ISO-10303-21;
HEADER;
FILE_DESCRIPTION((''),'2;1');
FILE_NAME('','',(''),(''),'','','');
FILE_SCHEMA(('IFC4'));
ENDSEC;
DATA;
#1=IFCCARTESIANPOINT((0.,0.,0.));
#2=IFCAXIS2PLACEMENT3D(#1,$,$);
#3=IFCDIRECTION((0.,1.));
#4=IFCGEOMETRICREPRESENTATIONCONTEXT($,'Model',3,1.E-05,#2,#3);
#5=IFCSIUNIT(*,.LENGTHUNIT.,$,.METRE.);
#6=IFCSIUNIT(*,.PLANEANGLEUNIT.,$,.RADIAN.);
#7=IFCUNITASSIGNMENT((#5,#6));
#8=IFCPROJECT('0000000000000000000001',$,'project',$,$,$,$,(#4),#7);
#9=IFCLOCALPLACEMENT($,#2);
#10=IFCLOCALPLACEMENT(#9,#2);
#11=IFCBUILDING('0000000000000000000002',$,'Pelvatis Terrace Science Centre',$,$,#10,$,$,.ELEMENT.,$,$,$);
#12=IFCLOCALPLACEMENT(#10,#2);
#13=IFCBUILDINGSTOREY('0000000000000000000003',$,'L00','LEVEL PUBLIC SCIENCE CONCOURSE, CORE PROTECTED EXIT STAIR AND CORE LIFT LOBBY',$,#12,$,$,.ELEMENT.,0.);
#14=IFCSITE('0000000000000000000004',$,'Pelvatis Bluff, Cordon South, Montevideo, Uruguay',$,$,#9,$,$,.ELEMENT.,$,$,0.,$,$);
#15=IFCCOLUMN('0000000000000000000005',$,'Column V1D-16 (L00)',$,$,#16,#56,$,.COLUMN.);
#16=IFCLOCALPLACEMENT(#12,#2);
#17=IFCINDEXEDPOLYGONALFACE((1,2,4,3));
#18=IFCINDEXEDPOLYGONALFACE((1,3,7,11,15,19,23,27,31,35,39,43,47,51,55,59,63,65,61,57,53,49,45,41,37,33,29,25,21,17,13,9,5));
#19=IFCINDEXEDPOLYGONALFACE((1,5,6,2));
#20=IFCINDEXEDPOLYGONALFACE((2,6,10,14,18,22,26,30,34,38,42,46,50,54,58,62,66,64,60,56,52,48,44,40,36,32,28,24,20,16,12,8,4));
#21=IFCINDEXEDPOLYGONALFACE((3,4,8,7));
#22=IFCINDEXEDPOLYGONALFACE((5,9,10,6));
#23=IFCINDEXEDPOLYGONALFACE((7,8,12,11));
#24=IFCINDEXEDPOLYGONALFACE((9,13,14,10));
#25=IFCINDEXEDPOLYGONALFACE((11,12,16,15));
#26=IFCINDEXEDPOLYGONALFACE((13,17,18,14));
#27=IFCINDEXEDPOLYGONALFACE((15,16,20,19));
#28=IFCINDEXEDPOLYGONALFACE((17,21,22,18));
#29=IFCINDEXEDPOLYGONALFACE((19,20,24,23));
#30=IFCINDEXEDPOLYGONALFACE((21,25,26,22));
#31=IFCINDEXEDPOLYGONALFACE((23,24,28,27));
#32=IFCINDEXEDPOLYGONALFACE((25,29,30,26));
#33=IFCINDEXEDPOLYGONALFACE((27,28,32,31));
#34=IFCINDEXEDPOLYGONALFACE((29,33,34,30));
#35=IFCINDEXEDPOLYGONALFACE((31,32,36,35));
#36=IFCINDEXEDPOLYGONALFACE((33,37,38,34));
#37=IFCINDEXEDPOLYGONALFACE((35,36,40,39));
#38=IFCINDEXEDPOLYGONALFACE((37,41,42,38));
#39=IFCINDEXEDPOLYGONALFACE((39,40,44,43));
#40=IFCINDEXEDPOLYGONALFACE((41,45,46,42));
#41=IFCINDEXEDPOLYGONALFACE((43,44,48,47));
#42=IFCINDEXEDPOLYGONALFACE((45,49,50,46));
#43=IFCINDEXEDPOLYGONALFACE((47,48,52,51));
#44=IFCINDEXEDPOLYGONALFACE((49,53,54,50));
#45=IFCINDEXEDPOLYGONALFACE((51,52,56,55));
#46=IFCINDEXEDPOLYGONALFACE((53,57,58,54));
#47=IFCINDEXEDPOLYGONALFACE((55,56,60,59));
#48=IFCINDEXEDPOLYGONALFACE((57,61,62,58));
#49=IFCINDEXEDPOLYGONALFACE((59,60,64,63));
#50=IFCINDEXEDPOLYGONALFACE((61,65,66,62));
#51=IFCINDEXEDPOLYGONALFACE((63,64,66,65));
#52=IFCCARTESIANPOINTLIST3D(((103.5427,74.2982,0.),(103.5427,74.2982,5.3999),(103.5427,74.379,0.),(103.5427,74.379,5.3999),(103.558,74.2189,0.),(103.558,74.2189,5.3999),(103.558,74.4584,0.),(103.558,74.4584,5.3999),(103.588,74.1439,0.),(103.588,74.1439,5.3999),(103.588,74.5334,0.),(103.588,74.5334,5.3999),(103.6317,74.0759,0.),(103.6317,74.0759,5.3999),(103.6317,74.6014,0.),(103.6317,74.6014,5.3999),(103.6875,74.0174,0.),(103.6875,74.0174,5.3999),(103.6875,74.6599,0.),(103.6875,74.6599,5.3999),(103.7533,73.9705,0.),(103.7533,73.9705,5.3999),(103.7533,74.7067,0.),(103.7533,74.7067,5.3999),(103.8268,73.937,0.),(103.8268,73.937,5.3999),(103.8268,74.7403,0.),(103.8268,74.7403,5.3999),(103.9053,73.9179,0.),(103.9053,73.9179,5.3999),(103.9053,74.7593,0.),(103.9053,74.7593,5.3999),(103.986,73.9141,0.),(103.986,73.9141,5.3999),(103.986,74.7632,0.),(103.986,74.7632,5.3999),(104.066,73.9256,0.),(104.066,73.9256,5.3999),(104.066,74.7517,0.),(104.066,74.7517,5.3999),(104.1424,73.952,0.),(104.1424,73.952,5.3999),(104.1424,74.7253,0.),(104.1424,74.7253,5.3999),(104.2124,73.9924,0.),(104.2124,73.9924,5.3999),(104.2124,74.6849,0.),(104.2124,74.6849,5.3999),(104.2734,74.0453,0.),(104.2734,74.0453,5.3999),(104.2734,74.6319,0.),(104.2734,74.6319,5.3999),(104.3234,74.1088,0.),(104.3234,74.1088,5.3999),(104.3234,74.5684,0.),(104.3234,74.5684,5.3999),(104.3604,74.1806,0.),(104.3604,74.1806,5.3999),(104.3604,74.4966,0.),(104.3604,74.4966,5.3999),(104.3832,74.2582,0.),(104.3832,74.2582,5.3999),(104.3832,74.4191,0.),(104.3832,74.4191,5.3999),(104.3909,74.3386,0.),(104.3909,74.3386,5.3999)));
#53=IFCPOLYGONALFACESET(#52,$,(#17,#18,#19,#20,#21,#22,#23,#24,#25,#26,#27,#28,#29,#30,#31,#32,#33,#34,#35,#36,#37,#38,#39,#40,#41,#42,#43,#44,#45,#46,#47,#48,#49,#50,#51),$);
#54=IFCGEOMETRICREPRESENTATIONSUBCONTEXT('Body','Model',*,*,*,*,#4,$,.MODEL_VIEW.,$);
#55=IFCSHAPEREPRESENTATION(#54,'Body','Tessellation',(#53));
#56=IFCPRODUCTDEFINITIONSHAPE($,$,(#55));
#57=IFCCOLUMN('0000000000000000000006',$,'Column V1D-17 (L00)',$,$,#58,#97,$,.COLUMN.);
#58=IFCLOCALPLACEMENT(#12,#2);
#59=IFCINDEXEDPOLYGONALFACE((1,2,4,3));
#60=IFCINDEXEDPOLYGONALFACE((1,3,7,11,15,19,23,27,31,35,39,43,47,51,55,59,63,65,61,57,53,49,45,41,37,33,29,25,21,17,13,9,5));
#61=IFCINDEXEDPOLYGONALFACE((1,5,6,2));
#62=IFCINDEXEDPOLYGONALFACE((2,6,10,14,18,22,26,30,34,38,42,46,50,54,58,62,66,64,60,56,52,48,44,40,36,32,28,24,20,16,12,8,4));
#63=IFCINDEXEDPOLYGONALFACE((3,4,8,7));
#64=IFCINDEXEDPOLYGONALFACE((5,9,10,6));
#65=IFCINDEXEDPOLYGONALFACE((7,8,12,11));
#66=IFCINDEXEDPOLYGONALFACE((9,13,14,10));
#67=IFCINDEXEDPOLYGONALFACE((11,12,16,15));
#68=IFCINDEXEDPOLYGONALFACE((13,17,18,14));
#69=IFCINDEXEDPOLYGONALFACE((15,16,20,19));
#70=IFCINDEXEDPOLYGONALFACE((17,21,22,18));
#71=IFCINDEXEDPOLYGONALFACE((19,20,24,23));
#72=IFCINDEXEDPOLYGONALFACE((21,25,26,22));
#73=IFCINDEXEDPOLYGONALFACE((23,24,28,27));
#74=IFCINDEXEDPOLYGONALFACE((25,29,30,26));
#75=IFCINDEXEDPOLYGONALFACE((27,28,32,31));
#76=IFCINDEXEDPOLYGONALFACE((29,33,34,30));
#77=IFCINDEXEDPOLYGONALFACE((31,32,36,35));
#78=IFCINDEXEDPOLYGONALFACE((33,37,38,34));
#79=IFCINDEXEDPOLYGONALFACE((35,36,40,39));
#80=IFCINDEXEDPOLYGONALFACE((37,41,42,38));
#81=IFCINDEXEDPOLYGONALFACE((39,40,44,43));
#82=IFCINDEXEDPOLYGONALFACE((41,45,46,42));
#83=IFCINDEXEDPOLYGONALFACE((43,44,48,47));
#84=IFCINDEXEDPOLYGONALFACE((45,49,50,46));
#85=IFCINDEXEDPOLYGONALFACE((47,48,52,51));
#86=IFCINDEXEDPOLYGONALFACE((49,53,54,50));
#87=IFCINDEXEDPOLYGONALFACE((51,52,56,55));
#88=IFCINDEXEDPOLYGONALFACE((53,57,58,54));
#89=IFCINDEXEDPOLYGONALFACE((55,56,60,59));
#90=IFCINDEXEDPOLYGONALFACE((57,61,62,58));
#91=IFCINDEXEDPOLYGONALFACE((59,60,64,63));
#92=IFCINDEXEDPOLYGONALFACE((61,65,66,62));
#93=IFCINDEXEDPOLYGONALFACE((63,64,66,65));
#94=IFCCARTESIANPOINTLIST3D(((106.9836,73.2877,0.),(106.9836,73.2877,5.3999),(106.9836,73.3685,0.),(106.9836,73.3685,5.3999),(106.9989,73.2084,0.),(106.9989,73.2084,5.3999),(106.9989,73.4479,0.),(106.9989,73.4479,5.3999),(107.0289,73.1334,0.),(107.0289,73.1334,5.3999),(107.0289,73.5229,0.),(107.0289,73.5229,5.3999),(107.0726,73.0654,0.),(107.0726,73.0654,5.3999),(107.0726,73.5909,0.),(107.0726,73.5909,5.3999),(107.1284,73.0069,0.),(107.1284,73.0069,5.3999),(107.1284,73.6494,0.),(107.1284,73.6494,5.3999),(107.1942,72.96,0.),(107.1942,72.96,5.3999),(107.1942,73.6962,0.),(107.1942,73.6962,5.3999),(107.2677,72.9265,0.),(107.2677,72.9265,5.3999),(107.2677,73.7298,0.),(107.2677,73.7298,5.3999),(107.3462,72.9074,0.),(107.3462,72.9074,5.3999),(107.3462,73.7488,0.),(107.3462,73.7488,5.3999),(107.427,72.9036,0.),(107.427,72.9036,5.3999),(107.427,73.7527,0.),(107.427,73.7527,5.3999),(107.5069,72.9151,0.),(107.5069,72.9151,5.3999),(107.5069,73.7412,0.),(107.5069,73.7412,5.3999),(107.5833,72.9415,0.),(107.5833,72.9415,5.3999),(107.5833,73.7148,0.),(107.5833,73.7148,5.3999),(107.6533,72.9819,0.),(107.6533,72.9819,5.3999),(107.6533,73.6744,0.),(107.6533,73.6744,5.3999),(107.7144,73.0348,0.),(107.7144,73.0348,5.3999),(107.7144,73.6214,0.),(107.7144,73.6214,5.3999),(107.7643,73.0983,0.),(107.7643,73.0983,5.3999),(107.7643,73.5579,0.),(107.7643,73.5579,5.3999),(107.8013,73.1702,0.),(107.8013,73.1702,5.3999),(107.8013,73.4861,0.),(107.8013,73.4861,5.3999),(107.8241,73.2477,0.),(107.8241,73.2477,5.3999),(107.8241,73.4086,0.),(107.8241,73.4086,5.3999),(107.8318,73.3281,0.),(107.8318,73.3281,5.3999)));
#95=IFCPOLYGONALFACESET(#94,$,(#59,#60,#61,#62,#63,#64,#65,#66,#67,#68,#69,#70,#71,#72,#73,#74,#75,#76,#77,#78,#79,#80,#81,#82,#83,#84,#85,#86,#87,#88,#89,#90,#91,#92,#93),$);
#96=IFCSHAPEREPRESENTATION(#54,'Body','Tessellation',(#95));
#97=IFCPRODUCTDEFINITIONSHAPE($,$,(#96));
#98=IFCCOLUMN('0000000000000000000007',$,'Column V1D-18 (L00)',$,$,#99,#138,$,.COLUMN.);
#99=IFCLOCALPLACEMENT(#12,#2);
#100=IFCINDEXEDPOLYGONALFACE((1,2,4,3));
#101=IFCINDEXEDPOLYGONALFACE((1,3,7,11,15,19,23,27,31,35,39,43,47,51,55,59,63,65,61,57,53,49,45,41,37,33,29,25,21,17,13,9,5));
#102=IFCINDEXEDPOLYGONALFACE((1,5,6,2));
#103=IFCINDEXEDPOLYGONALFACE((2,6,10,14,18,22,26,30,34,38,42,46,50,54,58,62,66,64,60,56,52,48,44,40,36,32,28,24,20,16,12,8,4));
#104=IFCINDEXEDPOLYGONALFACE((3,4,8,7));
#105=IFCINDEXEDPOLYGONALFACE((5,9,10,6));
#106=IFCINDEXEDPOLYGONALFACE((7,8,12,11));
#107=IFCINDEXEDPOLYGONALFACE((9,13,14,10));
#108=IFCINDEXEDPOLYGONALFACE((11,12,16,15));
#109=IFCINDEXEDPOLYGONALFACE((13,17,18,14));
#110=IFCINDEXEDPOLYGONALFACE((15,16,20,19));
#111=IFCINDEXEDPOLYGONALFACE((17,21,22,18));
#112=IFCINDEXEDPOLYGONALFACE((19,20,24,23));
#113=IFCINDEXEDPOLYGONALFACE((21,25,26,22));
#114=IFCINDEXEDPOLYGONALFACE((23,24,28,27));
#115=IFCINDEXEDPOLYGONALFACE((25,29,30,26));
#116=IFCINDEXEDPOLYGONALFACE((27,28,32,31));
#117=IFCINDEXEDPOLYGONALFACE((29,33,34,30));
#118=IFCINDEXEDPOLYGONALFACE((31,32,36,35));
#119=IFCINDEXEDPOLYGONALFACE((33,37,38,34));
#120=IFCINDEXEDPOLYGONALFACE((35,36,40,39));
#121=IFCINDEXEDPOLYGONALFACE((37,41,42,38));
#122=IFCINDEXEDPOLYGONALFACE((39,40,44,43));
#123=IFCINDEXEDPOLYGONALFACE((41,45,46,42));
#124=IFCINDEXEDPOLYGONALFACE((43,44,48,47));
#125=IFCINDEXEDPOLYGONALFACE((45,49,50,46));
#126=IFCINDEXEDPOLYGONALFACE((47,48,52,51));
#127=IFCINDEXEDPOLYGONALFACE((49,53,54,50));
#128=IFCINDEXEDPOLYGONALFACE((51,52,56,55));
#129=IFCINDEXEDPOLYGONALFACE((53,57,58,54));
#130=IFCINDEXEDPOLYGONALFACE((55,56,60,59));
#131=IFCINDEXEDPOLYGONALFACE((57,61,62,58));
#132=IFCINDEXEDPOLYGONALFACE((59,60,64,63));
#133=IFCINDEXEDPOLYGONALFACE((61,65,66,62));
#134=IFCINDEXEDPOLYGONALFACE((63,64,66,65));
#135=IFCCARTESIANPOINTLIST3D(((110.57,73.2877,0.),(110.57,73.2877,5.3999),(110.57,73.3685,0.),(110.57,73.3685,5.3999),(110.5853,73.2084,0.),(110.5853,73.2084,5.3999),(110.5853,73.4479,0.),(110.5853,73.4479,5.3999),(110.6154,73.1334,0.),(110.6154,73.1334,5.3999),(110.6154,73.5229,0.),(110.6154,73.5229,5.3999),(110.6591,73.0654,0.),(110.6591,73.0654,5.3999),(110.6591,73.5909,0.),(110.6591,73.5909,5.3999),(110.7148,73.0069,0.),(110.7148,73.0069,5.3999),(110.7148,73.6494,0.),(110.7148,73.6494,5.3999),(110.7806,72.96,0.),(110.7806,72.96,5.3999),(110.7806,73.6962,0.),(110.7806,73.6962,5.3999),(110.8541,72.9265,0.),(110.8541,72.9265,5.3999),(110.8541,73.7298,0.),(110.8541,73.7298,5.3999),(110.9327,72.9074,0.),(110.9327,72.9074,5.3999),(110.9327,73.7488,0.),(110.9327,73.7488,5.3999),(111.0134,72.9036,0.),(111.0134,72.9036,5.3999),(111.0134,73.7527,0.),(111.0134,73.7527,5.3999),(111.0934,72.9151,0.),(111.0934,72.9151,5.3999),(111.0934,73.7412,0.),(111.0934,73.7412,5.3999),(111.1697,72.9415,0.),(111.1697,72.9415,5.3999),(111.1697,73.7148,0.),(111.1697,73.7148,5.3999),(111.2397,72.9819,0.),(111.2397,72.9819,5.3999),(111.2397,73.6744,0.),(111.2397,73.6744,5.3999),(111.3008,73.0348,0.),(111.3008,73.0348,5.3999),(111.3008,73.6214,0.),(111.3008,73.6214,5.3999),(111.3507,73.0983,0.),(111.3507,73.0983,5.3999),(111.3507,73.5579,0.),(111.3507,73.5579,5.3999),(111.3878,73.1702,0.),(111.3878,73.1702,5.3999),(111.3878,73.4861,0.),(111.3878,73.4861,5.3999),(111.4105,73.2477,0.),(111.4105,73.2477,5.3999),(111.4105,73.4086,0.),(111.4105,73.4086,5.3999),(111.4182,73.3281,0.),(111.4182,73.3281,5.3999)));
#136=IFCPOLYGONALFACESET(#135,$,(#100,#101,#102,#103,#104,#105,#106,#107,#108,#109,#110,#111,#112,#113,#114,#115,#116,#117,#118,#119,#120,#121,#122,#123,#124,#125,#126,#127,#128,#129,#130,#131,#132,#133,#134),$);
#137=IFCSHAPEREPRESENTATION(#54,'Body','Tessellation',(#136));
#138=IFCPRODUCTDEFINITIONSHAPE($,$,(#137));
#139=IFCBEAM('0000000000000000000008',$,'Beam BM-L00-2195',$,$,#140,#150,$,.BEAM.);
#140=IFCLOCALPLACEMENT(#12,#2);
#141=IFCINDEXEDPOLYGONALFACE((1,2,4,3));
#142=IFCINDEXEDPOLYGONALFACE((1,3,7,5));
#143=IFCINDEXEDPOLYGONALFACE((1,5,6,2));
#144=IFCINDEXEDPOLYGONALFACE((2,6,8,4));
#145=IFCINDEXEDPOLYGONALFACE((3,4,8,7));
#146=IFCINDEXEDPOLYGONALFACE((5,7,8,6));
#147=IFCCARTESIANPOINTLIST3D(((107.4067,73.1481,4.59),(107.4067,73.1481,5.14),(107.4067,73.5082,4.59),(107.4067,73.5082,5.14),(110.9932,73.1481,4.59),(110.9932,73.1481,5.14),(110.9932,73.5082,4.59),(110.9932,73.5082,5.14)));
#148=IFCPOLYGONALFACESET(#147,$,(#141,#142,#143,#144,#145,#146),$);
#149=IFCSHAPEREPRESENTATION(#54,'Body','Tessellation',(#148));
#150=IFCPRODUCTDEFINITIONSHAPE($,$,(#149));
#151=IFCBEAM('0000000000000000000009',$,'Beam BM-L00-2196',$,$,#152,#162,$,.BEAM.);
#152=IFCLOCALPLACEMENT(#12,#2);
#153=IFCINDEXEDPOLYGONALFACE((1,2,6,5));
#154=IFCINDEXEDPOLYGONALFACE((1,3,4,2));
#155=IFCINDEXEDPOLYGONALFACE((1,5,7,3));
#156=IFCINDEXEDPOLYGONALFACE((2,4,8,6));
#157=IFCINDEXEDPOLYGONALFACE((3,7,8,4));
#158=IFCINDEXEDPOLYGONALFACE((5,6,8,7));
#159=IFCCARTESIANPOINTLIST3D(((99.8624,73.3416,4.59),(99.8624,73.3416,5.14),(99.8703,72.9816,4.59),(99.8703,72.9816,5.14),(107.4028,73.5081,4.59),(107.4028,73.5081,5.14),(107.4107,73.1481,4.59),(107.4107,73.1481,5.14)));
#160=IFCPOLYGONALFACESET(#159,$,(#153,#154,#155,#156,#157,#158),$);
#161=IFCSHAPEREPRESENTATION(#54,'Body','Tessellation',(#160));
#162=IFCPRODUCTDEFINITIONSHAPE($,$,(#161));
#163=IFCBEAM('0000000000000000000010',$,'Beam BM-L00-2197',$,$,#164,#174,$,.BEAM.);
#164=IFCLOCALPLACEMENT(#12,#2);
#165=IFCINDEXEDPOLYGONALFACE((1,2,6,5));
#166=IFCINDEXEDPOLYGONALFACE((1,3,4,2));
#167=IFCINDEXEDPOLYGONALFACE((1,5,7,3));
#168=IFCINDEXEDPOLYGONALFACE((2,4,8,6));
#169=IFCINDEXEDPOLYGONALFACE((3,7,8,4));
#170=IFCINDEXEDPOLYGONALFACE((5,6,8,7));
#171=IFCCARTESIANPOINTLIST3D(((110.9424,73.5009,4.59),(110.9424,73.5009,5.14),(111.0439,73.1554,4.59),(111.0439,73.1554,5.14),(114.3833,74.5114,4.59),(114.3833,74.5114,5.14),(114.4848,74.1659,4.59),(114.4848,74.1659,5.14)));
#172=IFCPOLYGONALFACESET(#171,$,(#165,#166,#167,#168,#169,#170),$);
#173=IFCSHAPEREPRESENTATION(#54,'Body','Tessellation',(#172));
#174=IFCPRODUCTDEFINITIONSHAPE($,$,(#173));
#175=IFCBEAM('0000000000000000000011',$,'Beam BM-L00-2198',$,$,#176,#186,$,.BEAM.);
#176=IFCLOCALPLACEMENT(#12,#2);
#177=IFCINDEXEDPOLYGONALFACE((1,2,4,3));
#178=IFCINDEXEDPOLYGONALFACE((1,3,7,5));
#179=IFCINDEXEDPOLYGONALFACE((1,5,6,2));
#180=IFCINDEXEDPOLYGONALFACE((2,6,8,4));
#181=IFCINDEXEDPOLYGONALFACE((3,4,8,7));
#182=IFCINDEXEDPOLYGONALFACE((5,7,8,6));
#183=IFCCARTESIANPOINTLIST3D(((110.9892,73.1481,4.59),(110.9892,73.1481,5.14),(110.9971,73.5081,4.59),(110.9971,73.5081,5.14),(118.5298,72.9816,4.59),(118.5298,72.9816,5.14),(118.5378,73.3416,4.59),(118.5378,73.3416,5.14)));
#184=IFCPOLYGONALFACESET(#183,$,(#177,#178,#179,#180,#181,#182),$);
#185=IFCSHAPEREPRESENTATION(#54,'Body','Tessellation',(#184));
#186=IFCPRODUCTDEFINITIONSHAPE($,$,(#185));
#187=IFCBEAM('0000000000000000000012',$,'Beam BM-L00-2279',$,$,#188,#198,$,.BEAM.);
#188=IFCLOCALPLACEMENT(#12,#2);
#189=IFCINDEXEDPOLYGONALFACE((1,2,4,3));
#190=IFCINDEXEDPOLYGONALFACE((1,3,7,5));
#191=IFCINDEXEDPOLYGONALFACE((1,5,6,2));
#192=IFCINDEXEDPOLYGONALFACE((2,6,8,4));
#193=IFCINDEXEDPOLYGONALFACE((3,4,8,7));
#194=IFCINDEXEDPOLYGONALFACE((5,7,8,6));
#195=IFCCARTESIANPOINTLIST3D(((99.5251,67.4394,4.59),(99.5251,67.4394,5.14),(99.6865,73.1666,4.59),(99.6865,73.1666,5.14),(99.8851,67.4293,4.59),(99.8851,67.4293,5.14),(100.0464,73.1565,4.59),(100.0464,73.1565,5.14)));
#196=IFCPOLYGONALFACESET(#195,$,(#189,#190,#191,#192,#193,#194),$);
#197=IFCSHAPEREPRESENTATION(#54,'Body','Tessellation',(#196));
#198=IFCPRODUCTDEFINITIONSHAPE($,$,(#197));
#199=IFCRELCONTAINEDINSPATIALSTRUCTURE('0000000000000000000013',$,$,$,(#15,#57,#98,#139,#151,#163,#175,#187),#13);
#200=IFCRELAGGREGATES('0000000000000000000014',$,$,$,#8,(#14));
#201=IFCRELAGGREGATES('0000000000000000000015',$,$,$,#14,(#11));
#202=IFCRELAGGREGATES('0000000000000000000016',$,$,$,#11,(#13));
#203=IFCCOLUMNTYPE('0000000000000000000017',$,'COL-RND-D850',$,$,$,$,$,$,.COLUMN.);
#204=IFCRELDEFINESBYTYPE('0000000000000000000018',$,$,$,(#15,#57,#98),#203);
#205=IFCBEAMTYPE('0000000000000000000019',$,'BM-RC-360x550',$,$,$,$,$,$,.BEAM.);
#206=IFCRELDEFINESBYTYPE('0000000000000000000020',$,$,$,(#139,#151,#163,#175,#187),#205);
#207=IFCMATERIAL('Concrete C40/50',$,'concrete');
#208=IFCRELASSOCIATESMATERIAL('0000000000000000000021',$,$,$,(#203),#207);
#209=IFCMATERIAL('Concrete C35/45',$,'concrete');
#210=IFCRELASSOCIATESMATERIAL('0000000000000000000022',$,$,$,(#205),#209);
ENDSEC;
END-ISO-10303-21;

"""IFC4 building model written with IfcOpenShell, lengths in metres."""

from ifc_helpers import new_model, si_unit, direction, frame, origin, origin_2d, place, context, subcontext, project, spatial, rectangle, circle, extrude, material, material_profile, profile_set, type_object, element, save


model = new_model("IFC4")

# Units and contexts
model_context = context("Model", 3, precision=1e-05, world=origin(), true_north=direction((0.0, 1.0)))
body_context = subcontext(model_context, "Body", "Model", "MODEL_VIEW")
ifc_project = project(units=[si_unit("LENGTHUNIT", "METRE"), si_unit("PLANEANGLEUNIT", "RADIAN")], contexts=[model_context])

# Site, building, storey
site_placement = place(None, origin())
site = spatial("IfcSite", under=ifc_project, at=site_placement, Name="Pelvatis Bluff, Cordon South, Montevideo, Uruguay", CompositionType="ELEMENT", RefElevation=0.0)
building_placement = place(site_placement, origin())
building = spatial("IfcBuilding", under=site, at=building_placement, Name="Pelvatis Terrace Science Centre", CompositionType="ELEMENT")
storey_placement = place(building_placement, origin())
storey = spatial("IfcBuildingStorey", under=building, at=storey_placement, Name="L00", Description="LEVEL PUBLIC SCIENCE CONCOURSE, CORE PROTECTED EXIT STAIR AND CORE LIFT LOBBY", CompositionType="ELEMENT", Elevation=0.0)

# Columns
ifc_material_1 = material(Name="Concrete C40/50", Category="concrete")
ifc_material_profile_1 = material_profile(ifc_material_1, circle(Radius=0.425, at=origin_2d()), Name="RC-RCOL D850")
ifc_profile_set_1 = profile_set([ifc_material_profile_1], Name="Concrete C40/50")
column_type_1 = type_object("IfcColumnType", Name="COL-RND-D850", PredefinedType="COLUMN", material=ifc_profile_set_1)
for number, where, z_axis, x_axis, name in (
    (1, (103.9658, 74.3386, 0.0), (0.0, 0.0, 1.0), (1.0, 0.0, 0.0), "Column V1D-16 (L00)"),
    (2, (107.4067, 73.3281, 0.0), (0.0, 0.0, 1.0), (1.0, 0.0, 0.0), "Column V1D-17 (L00)"),
    (3, (110.9932, 73.3281, 0.0), (0.0, 0.0, 1.0), (1.0, 0.0, 0.0), "Column V1D-18 (L00)"),
):
    element("IfcColumn", number, at=place(storey_placement, frame(where, z_axis=z_axis, x_axis=x_axis)), inside=storey, type_object=column_type_1, Name=name, PredefinedType="COLUMN", context=body_context, shape_type="SweptSolid", body=[
        extrude(circle(Radius=0.425, at=origin_2d()), origin(), (0.0, 0.0, 1.0), 5.3999),
    ])

# Beams
ifc_material_2 = material(Name="Concrete C35/45", Category="concrete")
ifc_material_profile_2 = material_profile(ifc_material_2, rectangle(XDim=0.3601, YDim=0.55, at=origin_2d()), Name="RC-BM 360x550")
ifc_profile_set_2 = profile_set([ifc_material_profile_2], Name="Concrete C35/45")
beam_type_1 = type_object("IfcBeamType", Name="BM-RC-360x550", PredefinedType="BEAM", material=ifc_profile_set_2)
beam_1_placement = place(storey_placement, frame((107.4067, 73.3281, 4.865), z_axis=(1.0, 0.0, 0.0), x_axis=(0.0, 1.0, 0.0)))
element("IfcBeam", 4, at=beam_1_placement, inside=storey, type_object=beam_type_1, Name="Beam BM-L00-2195", PredefinedType="BEAM", context=body_context, shape_type="SweptSolid", body=[
    extrude(rectangle(XDim=0.3601, YDim=0.55, at=origin_2d()), origin(), (0.0, 0.0, 1.0), 3.5864),
])
beam_2_placement = place(storey_placement, frame((107.4067, 73.3281, 4.865), z_axis=(-0.999756, -0.022077, 0.0), x_axis=(0.022077, -0.999756, 0.0)))
element("IfcBeam", 5, at=beam_2_placement, inside=storey, type_object=beam_type_1, Name="Beam BM-L00-2196", PredefinedType="BEAM", context=body_context, shape_type="SweptSolid", body=[
    extrude(rectangle(XDim=0.3601, YDim=0.55, at=origin_2d()), origin(), (0.0, 0.0, 1.0), 7.5422),
])
beam_3_placement = place(storey_placement, frame((110.9932, 73.3281, 4.865), z_axis=(0.959481, 0.281772, 0.0), x_axis=(-0.281772, 0.959481, 0.0)))
element("IfcBeam", 6, at=beam_3_placement, inside=storey, type_object=beam_type_1, Name="Beam BM-L00-2197", PredefinedType="BEAM", context=body_context, shape_type="SweptSolid", body=[
    extrude(rectangle(XDim=0.3601, YDim=0.55, at=origin_2d()), origin(), (0.0, 0.0, 1.0), 3.5862),
])
beam_4_placement = place(storey_placement, frame((110.9932, 73.3281, 4.865), z_axis=(0.999756, -0.022076, 0.0), x_axis=(0.022076, 0.999756, 0.0)))
element("IfcBeam", 7, at=beam_4_placement, inside=storey, type_object=beam_type_1, Name="Beam BM-L00-2198", PredefinedType="BEAM", context=body_context, shape_type="SweptSolid", body=[
    extrude(rectangle(XDim=0.3601, YDim=0.55, at=origin_2d()), origin(), (0.0, 0.0, 1.0), 7.5425),
])
beam_5_placement = place(storey_placement, frame((99.7051, 67.4343, 4.865), z_axis=(0.028166, 0.999603, 0.0), x_axis=(-0.999603, 0.028166, 0.0)))
element("IfcBeam", 8, at=beam_5_placement, inside=storey, type_object=beam_type_1, Name="Beam BM-L00-2279", PredefinedType="BEAM", context=body_context, shape_type="SweptSolid", body=[
    extrude(rectangle(XDim=0.3601, YDim=0.55, at=origin_2d()), origin(), (0.0, 0.0, 1.0), 5.7295),
])

save(model, "model.ifc")
